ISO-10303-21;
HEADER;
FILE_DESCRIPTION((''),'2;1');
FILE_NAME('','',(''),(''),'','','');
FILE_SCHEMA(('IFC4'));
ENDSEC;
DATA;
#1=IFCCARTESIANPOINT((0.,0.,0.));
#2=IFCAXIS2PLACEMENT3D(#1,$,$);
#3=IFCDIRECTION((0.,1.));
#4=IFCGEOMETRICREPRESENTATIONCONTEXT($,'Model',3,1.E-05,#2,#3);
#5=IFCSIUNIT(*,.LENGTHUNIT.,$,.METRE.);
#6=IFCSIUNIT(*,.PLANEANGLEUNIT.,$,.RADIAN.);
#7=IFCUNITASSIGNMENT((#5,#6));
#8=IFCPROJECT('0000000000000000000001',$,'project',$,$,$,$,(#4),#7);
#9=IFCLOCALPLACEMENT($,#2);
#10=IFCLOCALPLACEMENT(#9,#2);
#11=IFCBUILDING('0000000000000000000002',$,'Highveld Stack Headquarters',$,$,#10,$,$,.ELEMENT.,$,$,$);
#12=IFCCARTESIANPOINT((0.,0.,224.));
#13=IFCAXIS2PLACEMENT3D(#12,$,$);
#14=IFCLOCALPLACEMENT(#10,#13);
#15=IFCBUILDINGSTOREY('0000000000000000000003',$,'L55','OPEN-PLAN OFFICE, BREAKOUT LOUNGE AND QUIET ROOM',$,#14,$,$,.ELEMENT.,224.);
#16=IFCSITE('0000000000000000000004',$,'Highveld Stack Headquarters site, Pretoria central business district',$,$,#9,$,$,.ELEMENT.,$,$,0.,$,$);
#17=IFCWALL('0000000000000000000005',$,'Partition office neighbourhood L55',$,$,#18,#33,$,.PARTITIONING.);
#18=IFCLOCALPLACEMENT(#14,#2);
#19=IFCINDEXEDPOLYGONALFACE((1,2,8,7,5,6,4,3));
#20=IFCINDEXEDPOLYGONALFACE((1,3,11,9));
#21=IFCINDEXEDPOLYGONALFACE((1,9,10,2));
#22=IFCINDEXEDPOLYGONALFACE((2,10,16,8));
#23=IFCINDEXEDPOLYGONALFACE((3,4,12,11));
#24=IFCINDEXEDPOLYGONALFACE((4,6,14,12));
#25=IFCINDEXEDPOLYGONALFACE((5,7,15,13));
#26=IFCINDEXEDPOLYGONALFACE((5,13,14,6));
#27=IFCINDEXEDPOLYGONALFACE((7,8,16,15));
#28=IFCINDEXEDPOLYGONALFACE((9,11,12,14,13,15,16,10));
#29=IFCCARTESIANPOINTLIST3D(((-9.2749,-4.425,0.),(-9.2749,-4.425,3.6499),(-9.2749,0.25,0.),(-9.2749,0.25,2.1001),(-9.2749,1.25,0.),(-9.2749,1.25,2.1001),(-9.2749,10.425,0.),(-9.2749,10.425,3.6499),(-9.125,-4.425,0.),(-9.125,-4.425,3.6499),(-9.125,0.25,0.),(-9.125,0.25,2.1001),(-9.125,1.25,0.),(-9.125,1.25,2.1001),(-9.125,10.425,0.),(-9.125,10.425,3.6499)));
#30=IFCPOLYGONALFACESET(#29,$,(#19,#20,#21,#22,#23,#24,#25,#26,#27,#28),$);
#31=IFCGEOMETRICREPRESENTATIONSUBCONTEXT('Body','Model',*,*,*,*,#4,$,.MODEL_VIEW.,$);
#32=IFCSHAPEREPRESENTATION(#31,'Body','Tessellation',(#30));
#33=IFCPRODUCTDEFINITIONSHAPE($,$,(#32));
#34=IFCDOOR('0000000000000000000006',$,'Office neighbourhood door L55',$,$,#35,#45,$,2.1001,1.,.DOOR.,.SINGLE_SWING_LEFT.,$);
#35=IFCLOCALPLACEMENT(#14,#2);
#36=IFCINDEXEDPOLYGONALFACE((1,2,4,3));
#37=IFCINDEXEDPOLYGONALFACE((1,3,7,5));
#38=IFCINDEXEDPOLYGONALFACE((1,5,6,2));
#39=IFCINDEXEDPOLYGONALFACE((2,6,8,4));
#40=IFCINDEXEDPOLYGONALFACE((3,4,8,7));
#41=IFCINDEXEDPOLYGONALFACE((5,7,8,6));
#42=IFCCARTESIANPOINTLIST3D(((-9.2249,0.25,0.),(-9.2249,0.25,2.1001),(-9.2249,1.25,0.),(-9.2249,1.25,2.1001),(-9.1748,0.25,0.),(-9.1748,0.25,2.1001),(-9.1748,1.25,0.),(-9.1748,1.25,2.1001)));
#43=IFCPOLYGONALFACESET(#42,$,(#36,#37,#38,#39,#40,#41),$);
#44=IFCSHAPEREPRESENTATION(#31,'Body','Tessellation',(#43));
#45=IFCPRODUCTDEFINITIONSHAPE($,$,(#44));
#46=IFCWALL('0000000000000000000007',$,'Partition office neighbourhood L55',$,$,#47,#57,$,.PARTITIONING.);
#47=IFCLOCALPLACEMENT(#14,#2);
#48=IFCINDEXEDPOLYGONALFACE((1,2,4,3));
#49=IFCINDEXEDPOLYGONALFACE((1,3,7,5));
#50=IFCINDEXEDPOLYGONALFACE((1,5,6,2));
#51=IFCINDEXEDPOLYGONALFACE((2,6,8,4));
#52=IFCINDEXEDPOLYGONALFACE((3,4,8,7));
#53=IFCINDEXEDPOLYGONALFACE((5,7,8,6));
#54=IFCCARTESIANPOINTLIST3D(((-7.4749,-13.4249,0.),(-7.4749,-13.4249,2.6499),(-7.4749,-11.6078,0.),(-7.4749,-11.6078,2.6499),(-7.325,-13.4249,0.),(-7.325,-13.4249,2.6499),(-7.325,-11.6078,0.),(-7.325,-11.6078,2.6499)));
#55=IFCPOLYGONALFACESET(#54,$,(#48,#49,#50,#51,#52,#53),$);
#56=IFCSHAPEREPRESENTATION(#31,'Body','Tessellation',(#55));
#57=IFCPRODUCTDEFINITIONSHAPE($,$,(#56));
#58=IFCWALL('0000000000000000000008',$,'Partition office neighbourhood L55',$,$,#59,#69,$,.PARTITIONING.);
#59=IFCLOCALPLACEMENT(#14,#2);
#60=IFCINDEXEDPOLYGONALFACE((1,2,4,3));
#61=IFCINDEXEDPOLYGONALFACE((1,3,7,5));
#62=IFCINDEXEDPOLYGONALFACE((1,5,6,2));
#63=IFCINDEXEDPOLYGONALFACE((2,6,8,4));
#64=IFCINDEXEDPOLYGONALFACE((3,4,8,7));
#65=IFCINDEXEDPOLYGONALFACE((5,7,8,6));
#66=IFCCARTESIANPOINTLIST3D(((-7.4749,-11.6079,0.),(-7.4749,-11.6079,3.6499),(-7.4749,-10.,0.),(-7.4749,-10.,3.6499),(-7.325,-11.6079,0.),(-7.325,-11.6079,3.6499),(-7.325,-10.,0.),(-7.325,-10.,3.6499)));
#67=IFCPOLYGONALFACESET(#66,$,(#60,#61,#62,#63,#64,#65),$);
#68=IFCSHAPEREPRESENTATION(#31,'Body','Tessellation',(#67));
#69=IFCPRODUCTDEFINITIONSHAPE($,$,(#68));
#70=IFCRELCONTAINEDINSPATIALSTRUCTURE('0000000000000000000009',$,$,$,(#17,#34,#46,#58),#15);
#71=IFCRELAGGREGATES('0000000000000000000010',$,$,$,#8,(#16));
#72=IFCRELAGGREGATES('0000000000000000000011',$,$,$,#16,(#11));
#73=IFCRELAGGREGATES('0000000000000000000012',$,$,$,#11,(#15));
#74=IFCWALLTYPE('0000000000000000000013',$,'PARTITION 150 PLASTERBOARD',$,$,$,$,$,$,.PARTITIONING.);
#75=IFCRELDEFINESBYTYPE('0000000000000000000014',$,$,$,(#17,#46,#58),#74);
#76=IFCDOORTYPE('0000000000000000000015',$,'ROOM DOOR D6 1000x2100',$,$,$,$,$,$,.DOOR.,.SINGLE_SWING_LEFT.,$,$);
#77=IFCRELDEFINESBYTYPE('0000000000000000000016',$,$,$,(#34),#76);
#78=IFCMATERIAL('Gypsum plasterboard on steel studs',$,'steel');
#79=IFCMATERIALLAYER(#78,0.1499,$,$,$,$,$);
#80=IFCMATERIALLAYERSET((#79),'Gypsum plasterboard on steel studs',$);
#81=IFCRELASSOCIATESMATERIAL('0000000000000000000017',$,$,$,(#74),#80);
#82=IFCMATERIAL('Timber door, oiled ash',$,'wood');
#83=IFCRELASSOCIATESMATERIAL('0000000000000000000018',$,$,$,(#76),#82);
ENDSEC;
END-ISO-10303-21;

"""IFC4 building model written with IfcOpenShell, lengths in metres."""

from ifc_helpers import new_model, si_unit, direction, frame, frame_2d, origin, place, context, subcontext, project, spatial, rectangle, extrude, material, layer, layer_set, type_object, element, fill, save


model = new_model("IFC4")

# Units and contexts
model_context = context("Model", 3, precision=1e-05, world=origin(), true_north=direction((0.0, 1.0)))
body_context = subcontext(model_context, "Body", "Model", "MODEL_VIEW")
ifc_project = project(units=[si_unit("LENGTHUNIT", "METRE"), si_unit("PLANEANGLEUNIT", "RADIAN")], contexts=[model_context])

# Site, building, storey
site_placement = place(None, origin())
site = spatial("IfcSite", under=ifc_project, at=site_placement, Name="Highveld Stack Headquarters site, Pretoria central business district", CompositionType="ELEMENT", RefElevation=0.0)
building_placement = place(site_placement, origin())
building = spatial("IfcBuilding", under=site, at=building_placement, Name="Highveld Stack Headquarters", CompositionType="ELEMENT")
storey_placement = place(building_placement, frame((0.0, 0.0, 224.0)))
storey = spatial("IfcBuildingStorey", under=building, at=storey_placement, Name="L55", Description="OPEN-PLAN OFFICE, BREAKOUT LOUNGE AND QUIET ROOM", CompositionType="ELEMENT", Elevation=224.0)

# Shared definitions
ifc_material_1 = material(Name="Gypsum plasterboard on steel studs", Category="steel")
ifc_layer_1 = layer(ifc_material_1, 0.1499)
ifc_layer_set_1 = layer_set([ifc_layer_1], Name="Gypsum plasterboard on steel studs")
wall_type_1 = type_object("IfcWallType", Name="PARTITION 150 PLASTERBOARD", PredefinedType="PARTITIONING", material=ifc_layer_set_1)

# Shared definitions
ifc_material_2 = material(Name="Timber door, oiled ash", Category="wood")
door_type_1 = type_object("IfcDoorType", Name="ROOM DOOR D6 1000x2100", OperationType="SINGLE_SWING_LEFT", PredefinedType="DOOR", material=ifc_material_2)

# Wall, opening, door
wall_1_placement = place(storey_placement, frame((-9.2, -4.425, 0.0), z_axis=(0.0, 0.0, 1.0), x_axis=(0.0, 1.0, 0.0)))
wall_1 = element("IfcWall", 1, at=wall_1_placement, inside=storey, type_object=wall_type_1, Name="Partition office neighbourhood L55", PredefinedType="PARTITIONING", context=body_context, shape_type="SweptSolid", body=[
    extrude(rectangle(XDim=14.8501, YDim=0.1499, at=frame_2d((7.425, 0.0))), origin(), (0.0, 0.0, 1.0), 3.6499),
])
opening_1_placement = place(wall_1_placement, frame((4.675, 0.0, 0.0)))
opening_1 = element("IfcOpeningElement", 2, at=opening_1_placement, cuts=wall_1, PredefinedType="OPENING", context=body_context, shape_type="SweptSolid", body=[
    extrude(rectangle(XDim=1.0, YDim=2.1001, at=frame_2d((0.5, 1.05))), frame((0.0, 0.085, 0.0), z_axis=(0.0, -1.0, 0.0), x_axis=(1.0, 0.0, 0.0)), (0.0, 0.0, 1.0), 0.1699),
])
door_1_placement = place(opening_1_placement, origin())
door_1 = element("IfcDoor", 3, at=door_1_placement, inside=storey, type_object=door_type_1, Name="Office neighbourhood door L55", OperationType="SINGLE_SWING_LEFT", OverallHeight=2.1001, OverallWidth=1.0, PredefinedType="DOOR", context=body_context, shape_type="SweptSolid", body=[
    extrude(rectangle(XDim=1.0, YDim=2.1001, at=frame_2d((0.5, 1.05))), frame((0.0, 0.0249, 0.0), z_axis=(0.0, -1.0, 0.0), x_axis=(1.0, 0.0, 0.0)), (0.0, 0.0, 1.0), 0.05),
])
fill(opening_1, door_1)

# Walls
wall_2_placement = place(storey_placement, frame((-7.3999, -13.425, 0.0), z_axis=(0.0, 0.0, 1.0), x_axis=(0.0, 1.0, 0.0)))
element("IfcWall", 4, at=wall_2_placement, inside=storey, type_object=wall_type_1, Name="Partition office neighbourhood L55", PredefinedType="PARTITIONING", context=body_context, shape_type="SweptSolid", body=[
    extrude(rectangle(XDim=1.8171, YDim=0.1499, at=frame_2d((0.9087, 0.0))), origin(), (0.0, 0.0, 1.0), 2.6499),
])
wall_3_placement = place(storey_placement, frame((-7.3999, -11.6079, 0.0), z_axis=(0.0, 0.0, 1.0), x_axis=(0.0, 1.0, 0.0)))
element("IfcWall", 5, at=wall_3_placement, inside=storey, type_object=wall_type_1, Name="Partition office neighbourhood L55", PredefinedType="PARTITIONING", context=body_context, shape_type="SweptSolid", body=[
    extrude(rectangle(XDim=1.6079, YDim=0.1499, at=frame_2d((0.804, 0.0))), origin(), (0.0, 0.0, 1.0), 3.6499),
])

save(model, "model.ifc")
